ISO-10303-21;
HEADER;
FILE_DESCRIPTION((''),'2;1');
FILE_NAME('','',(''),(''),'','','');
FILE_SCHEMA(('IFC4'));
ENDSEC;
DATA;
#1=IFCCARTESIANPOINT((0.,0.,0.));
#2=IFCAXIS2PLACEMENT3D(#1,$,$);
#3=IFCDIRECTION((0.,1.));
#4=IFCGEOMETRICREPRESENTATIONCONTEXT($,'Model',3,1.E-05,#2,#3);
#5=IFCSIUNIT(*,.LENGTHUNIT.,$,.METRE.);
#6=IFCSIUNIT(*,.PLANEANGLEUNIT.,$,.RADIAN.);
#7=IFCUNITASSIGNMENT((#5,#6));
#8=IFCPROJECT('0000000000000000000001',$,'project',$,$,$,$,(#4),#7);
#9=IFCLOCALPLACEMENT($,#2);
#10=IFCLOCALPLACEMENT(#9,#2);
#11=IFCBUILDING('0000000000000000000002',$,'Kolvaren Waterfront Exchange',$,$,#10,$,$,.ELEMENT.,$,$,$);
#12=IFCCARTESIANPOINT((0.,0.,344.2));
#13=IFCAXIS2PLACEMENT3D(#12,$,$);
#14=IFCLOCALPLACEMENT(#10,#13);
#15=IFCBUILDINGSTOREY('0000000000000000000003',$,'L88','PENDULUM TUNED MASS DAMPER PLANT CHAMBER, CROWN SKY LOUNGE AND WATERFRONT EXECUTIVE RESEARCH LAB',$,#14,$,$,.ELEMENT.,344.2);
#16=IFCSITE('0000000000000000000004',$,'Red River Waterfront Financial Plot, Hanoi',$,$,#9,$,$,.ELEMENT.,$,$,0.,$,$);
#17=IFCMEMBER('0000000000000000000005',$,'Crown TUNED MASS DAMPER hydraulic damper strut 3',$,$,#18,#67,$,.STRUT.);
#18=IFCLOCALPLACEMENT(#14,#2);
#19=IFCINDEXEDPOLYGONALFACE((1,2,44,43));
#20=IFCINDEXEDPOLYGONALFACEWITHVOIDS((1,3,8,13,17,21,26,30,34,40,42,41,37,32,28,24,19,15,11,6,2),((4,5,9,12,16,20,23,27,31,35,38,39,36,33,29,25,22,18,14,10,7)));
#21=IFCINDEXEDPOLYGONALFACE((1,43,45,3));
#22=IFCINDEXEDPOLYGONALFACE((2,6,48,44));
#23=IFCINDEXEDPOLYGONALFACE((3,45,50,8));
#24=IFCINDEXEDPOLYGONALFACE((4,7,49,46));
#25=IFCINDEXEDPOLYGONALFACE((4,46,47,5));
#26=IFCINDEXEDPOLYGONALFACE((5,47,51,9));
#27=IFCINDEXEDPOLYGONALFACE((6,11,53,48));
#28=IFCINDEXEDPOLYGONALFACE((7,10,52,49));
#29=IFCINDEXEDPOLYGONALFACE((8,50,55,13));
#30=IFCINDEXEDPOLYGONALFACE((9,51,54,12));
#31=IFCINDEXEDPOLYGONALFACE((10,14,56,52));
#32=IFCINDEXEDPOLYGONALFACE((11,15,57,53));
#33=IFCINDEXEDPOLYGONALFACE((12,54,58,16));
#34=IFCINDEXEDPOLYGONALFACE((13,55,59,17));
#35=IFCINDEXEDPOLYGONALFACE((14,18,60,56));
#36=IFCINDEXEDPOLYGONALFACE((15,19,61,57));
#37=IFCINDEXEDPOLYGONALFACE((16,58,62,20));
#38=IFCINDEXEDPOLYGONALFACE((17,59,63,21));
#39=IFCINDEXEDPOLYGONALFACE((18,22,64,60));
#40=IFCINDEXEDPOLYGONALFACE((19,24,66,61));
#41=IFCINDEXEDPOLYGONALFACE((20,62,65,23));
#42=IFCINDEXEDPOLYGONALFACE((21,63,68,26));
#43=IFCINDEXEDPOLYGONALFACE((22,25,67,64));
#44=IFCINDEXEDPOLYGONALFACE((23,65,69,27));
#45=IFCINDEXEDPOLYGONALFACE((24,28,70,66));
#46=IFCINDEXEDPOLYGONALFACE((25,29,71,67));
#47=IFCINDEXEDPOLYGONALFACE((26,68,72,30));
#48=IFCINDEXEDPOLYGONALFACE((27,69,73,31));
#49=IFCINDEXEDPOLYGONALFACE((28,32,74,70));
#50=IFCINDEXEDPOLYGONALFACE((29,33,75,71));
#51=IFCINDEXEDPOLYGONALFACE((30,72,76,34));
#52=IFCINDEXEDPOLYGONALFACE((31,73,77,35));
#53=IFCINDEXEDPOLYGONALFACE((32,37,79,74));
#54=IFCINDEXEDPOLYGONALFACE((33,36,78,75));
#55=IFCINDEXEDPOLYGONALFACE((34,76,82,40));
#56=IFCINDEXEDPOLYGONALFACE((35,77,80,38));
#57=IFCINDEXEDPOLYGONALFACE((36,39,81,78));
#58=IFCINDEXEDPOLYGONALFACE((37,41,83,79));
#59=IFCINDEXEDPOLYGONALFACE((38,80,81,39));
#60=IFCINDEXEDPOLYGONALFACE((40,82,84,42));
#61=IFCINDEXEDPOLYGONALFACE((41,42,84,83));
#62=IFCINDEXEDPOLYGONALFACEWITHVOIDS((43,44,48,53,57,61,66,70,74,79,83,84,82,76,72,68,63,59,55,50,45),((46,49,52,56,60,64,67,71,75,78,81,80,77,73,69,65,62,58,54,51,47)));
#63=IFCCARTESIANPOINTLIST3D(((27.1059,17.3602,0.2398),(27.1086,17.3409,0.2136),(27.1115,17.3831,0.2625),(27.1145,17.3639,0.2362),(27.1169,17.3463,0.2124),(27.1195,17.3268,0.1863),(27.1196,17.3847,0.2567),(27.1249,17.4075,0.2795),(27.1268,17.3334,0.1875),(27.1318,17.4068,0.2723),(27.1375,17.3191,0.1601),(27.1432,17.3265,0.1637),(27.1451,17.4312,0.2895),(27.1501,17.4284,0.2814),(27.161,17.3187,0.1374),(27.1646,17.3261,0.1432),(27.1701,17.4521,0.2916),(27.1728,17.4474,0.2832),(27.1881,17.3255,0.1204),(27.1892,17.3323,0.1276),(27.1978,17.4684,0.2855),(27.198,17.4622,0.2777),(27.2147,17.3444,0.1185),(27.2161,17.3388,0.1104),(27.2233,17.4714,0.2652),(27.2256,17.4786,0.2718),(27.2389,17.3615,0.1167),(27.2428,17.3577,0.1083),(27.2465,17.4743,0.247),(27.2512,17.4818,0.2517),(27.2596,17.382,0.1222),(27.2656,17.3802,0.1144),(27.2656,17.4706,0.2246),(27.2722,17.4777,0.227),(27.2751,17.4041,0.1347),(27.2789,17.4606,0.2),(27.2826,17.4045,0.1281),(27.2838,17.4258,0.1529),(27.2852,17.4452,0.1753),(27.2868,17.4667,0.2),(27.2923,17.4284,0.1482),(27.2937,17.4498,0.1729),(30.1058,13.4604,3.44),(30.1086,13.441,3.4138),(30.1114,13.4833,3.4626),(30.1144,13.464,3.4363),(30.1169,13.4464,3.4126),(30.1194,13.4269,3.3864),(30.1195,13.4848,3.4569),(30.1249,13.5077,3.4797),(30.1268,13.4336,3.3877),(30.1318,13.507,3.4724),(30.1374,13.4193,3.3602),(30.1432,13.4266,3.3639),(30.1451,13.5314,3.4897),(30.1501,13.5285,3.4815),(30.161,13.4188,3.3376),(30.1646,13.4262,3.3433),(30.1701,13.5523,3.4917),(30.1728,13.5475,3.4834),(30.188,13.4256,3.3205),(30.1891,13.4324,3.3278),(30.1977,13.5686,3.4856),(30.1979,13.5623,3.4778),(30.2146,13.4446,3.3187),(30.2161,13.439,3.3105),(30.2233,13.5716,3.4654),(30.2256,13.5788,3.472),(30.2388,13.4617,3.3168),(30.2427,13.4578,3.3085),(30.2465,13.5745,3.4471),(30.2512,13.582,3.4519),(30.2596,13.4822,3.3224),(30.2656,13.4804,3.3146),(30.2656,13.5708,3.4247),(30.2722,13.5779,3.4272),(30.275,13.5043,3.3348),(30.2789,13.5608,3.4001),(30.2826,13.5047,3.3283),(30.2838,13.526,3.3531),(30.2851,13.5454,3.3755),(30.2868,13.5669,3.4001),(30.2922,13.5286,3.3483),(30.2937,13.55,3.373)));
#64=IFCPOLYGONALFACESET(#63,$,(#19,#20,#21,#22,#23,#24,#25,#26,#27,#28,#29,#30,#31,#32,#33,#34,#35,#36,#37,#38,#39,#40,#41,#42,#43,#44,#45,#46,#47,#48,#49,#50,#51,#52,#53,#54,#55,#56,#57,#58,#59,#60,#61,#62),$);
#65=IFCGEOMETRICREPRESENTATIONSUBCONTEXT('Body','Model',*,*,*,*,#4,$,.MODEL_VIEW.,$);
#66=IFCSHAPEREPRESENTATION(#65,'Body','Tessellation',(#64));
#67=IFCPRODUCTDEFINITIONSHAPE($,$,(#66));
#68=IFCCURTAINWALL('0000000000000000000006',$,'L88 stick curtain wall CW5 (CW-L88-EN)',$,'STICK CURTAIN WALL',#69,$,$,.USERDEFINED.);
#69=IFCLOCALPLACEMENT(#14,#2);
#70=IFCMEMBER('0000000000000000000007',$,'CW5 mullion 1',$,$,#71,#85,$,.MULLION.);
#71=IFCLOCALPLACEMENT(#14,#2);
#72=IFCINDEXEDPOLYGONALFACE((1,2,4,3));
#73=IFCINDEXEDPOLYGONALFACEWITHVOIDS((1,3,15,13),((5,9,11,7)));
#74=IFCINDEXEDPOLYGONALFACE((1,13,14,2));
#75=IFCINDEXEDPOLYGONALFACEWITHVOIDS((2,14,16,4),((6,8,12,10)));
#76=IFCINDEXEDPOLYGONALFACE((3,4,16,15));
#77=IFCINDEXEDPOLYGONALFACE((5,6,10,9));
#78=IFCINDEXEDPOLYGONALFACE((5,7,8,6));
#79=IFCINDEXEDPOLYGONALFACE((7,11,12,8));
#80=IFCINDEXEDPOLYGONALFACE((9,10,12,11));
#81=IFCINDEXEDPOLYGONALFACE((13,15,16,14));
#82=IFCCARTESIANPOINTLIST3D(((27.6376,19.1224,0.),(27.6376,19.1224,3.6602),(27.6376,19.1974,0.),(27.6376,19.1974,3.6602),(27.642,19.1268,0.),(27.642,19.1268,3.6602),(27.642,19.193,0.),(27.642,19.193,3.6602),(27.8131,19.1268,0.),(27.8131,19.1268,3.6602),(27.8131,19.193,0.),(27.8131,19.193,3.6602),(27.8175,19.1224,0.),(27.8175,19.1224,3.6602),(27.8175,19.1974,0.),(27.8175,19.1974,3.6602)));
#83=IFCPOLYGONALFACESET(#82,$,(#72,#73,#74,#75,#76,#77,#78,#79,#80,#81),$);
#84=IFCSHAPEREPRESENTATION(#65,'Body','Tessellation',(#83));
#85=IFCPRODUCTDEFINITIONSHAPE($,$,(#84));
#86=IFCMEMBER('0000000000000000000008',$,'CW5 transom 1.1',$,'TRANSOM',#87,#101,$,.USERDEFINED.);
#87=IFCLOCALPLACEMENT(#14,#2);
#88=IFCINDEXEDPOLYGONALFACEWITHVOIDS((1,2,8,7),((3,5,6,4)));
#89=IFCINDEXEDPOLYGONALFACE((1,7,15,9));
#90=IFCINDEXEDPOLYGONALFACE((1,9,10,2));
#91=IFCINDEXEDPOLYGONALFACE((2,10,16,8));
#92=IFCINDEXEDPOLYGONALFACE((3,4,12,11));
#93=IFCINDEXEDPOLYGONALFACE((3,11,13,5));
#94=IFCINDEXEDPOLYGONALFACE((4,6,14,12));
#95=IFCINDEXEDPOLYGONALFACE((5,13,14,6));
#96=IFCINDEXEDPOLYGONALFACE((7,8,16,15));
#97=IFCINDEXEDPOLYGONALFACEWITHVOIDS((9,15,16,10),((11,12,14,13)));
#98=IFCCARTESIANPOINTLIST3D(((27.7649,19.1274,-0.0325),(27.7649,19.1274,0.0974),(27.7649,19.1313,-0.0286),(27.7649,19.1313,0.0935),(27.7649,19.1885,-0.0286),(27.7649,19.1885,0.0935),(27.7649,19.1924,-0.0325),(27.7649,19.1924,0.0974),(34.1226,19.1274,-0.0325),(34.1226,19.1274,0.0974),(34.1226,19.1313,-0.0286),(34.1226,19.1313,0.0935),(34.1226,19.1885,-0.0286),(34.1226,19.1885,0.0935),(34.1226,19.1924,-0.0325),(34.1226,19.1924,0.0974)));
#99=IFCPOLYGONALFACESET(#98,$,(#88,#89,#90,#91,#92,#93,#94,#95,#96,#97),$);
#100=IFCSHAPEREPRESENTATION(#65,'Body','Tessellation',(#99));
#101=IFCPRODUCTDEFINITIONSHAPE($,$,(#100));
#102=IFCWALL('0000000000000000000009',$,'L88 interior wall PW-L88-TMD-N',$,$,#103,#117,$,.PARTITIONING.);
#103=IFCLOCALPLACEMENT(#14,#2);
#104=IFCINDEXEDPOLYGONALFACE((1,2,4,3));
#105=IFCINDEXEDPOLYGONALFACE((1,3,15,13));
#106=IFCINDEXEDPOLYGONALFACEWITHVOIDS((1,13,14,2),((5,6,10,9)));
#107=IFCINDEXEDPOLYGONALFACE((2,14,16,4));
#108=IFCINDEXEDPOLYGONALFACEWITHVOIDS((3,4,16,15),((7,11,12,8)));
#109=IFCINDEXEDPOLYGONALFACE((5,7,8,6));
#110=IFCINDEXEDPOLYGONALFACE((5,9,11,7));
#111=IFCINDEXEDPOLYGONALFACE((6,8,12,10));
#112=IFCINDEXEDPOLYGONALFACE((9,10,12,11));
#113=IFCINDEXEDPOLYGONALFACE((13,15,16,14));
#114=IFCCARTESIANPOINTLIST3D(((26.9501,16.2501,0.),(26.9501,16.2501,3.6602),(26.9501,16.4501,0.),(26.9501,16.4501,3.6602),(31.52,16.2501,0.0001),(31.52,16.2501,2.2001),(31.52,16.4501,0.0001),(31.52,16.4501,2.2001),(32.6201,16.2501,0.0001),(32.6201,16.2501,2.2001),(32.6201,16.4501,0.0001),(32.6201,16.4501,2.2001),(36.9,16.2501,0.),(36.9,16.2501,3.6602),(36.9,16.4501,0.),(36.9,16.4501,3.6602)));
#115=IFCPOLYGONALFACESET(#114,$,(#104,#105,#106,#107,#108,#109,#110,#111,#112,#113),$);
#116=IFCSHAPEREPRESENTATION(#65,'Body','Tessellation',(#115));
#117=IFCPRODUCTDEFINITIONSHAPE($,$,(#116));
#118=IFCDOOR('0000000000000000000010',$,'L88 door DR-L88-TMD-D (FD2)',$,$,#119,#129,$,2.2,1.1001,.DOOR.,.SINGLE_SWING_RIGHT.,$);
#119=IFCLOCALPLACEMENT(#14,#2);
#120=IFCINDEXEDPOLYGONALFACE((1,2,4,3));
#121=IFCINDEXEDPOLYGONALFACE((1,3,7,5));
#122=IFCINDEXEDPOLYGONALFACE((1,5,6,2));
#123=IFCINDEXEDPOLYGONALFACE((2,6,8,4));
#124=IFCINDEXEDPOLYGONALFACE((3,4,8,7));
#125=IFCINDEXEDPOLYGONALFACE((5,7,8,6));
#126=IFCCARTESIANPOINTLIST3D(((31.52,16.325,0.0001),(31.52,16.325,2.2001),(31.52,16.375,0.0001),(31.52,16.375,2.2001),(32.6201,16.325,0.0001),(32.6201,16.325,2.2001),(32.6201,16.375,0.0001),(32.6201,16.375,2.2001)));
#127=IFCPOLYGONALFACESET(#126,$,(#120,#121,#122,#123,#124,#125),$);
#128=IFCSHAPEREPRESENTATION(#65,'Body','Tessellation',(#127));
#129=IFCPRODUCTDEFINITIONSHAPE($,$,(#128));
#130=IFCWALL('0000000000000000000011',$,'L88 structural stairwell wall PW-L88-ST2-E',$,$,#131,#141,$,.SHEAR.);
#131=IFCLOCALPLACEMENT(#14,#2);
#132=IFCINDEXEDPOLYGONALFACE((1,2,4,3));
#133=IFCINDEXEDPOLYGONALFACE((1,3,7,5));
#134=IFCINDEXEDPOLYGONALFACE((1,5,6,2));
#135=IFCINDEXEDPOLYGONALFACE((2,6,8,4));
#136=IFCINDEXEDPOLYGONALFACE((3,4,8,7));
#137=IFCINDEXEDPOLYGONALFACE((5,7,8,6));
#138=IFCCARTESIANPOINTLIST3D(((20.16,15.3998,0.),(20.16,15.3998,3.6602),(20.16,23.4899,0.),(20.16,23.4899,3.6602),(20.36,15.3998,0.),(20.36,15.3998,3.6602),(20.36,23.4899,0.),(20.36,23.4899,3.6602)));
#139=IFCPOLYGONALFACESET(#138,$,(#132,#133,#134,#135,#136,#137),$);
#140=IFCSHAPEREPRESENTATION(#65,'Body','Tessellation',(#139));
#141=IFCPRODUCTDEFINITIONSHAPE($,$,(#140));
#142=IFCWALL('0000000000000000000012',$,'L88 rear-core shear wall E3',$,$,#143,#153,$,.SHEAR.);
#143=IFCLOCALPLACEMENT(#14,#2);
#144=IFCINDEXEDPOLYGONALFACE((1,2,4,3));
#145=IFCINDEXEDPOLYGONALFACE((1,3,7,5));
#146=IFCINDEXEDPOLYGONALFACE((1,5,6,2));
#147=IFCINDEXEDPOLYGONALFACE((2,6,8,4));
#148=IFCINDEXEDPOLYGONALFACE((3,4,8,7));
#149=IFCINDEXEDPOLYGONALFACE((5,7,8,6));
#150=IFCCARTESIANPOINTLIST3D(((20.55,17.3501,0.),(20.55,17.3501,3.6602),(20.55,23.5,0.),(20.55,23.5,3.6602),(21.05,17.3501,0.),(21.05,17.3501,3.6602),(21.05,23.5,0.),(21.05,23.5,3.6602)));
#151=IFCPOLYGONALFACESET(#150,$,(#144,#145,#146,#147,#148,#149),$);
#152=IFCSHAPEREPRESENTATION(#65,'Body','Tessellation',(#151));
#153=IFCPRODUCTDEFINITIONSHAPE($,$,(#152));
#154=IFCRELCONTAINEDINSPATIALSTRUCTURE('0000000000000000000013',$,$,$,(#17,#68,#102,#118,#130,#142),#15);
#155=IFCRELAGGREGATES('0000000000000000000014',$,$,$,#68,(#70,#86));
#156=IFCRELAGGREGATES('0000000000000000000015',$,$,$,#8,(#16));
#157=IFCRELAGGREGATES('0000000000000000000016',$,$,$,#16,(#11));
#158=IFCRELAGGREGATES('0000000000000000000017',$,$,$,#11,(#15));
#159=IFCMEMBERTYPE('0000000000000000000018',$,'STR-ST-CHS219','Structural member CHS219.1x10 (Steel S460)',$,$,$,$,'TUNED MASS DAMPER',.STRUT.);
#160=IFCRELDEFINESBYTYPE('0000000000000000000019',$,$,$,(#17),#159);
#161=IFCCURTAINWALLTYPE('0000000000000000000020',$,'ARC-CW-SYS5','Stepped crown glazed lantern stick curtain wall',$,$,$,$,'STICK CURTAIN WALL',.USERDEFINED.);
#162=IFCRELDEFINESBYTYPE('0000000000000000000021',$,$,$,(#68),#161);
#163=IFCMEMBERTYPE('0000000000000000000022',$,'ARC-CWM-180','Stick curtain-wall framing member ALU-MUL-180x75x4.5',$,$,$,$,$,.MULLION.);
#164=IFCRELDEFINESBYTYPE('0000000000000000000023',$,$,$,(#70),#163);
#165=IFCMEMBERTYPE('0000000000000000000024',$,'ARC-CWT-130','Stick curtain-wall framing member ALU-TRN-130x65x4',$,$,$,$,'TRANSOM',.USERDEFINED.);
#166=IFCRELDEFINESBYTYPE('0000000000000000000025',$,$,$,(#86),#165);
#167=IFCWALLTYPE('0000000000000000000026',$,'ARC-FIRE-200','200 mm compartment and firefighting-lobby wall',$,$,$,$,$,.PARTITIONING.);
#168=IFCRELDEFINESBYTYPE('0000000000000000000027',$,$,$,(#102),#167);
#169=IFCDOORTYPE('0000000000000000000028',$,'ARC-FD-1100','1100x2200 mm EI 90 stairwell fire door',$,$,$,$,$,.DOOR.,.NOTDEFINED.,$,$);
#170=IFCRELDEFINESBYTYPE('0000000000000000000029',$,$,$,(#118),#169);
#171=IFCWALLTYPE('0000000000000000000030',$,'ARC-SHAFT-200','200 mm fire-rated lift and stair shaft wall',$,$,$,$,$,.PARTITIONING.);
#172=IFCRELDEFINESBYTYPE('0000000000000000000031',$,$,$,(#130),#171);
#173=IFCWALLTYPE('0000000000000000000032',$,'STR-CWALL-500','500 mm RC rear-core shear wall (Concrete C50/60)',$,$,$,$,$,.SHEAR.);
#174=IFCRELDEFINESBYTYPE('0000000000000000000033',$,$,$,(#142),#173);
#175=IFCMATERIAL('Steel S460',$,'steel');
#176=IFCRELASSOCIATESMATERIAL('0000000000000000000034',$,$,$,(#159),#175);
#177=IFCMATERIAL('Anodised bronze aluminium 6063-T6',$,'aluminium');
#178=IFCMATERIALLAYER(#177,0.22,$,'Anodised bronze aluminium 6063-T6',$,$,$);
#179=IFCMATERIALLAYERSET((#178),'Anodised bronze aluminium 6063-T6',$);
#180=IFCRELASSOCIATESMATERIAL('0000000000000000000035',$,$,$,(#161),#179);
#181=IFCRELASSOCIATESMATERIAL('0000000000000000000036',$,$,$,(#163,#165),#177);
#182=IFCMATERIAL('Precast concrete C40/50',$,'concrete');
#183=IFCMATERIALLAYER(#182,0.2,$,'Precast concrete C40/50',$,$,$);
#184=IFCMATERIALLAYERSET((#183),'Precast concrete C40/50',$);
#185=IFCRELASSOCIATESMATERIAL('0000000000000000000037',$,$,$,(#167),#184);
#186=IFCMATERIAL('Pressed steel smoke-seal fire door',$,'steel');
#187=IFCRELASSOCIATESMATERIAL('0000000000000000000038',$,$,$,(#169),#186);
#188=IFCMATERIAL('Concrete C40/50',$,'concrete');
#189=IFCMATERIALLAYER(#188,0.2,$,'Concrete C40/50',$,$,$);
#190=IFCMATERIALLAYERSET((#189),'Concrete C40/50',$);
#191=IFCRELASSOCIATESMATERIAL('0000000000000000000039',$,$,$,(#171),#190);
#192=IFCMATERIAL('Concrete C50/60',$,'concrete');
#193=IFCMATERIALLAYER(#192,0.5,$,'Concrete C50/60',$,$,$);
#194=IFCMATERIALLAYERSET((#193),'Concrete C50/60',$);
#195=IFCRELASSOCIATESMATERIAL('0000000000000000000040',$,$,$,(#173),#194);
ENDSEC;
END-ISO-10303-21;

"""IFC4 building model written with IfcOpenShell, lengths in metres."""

from ifc_helpers import new_model, si_unit, direction, frame, frame_2d, origin, origin_with_axes, origin_2d, place, context, subcontext, project, spatial, rectangle, hollow_rectangle, hollow_circle, extrude, source, transform, mapped, material, layer, layer_set, material_profile, profile_set, type_object, element, fill, aggregate, save


model = new_model("IFC4")

# Units and contexts
model_context = context("Model", 3, precision=1e-05, world=origin(), true_north=direction((0.0, 1.0)))
body_context = subcontext(model_context, "Body", "Model", "MODEL_VIEW")
ifc_project = project(units=[si_unit("LENGTHUNIT", "METRE"), si_unit("PLANEANGLEUNIT", "RADIAN")], contexts=[model_context])

# Site, building, storey
site_placement = place(None, origin())
site = spatial("IfcSite", under=ifc_project, at=site_placement, Name="Red River Waterfront Financial Plot, Hanoi", CompositionType="ELEMENT", RefElevation=0.0)
building_placement = place(site_placement, origin())
building = spatial("IfcBuilding", under=site, at=building_placement, Name="Kolvaren Waterfront Exchange", CompositionType="ELEMENT")
storey_placement = place(building_placement, frame((0.0, 0.0, 344.2)))
storey = spatial("IfcBuildingStorey", under=building, at=storey_placement, Name="L88", Description="PENDULUM TUNED MASS DAMPER PLANT CHAMBER, CROWN SKY LOUNGE AND WATERFRONT EXECUTIVE RESEARCH LAB", CompositionType="ELEMENT", Elevation=344.2)

# Shared definitions
ifc_material_1 = material(Name="Concrete C50/60", Category="concrete")

# Member
ifc_material_2 = material(Name="Steel S460", Category="steel")
ifc_material_profile_1 = material_profile(ifc_material_2, hollow_circle(Radius=0.1096, WallThickness=0.01, at=origin_2d()), Name="CHS219.1x10")
ifc_profile_set_1 = profile_set([ifc_material_profile_1], Name="Steel S460")
member_type_1 = type_object("IfcMemberType", Name="STR-ST-CHS219", Description="Structural member CHS219.1x10 (Steel S460)", ElementType="TUNED MASS DAMPER", PredefinedType="STRUT", material=ifc_profile_set_1)
member_1_placement = place(storey_placement, frame((27.2, 17.3999, 0.2), z_axis=(0.511121, -0.66444, 0.545229), x_axis=(0.792617, 0.60972, 0.0)))
element("IfcMember", 1, at=member_1_placement, inside=storey, type_object=member_type_1, Name="Crown TUNED MASS DAMPER hydraulic damper strut 3", PredefinedType="STRUT", context=body_context, shape_type="SweptSolid", body=[
    extrude(hollow_circle(Radius=0.1096, WallThickness=0.01, at=origin_2d()), origin(), (0.0, 0.0, 1.0), 5.8694),
])

# Curtain wall, members
ifc_material_3 = material(Name="Anodised bronze aluminium 6063-T6", Category="aluminium")
ifc_layer_1 = layer(ifc_material_3, 0.22, Name="Anodised bronze aluminium 6063-T6")
ifc_layer_set_1 = layer_set([ifc_layer_1], Name="Anodised bronze aluminium 6063-T6")
curtain_wall_type = type_object("IfcCurtainWallType", Name="ARC-CW-SYS5", Description="Stepped crown glazed lantern stick curtain wall", ElementType="STICK CURTAIN WALL", PredefinedType="USERDEFINED", material=ifc_layer_set_1)
curtain_wall_placement = place(storey_placement, origin())
curtain_wall = element("IfcCurtainWall", 2, at=curtain_wall_placement, inside=storey, type_object=curtain_wall_type, Name="L88 stick curtain wall CW5 (CW-L88-EN)", ObjectType="STICK CURTAIN WALL", PredefinedType="USERDEFINED")
ifc_material_profile_2 = material_profile(ifc_material_3, hollow_rectangle(XDim=0.075, YDim=0.1799, WallThickness=0.0044, at=origin_2d()), Name="ALU-MUL-180x75x4.5")
ifc_profile_set_2 = profile_set([ifc_material_profile_2], Name="Anodised bronze aluminium 6063-T6")
member_type_2 = type_object("IfcMemberType", Name="ARC-CWM-180", Description="Stick curtain-wall framing member ALU-MUL-180x75x4.5", PredefinedType="MULLION", material=ifc_profile_set_2)
shared_shape_1 = source(origin_with_axes(), body_context, "Body", "SweptSolid", [
    extrude(hollow_rectangle(XDim=0.075, YDim=0.1799, WallThickness=0.0044, at=origin_2d()), origin(), (0.0, 0.0, 1.0), 3.6602),
])
member_2_placement = place(storey_placement, frame((27.7275, 19.1599, 0.0), z_axis=(0.0, 0.0, 1.0), x_axis=(0.0, 1.0, 0.0)))
member_2 = element("IfcMember", 3, at=member_2_placement, type_object=member_type_2, Name="CW5 mullion 1", PredefinedType="MULLION", context=body_context, shape_type="MappedRepresentation", body=[
    mapped(shared_shape_1, transform((0.0, 0.0, 0.0), x_axis=(1.0, 0.0, 0.0), y_axis=(0.0, 1.0, 0.0), z_axis=(0.0, 0.0, 1.0), scale=1.0)),
])
ifc_material_profile_3 = material_profile(ifc_material_3, hollow_rectangle(XDim=0.0649, YDim=0.1299, WallThickness=0.0039, at=origin_2d()), Name="ALU-TRN-130x65x4")
ifc_profile_set_3 = profile_set([ifc_material_profile_3], Name="Anodised bronze aluminium 6063-T6")
member_type_3 = type_object("IfcMemberType", Name="ARC-CWT-130", Description="Stick curtain-wall framing member ALU-TRN-130x65x4", ElementType="TRANSOM", PredefinedType="USERDEFINED", material=ifc_profile_set_3)
shared_shape_2 = source(origin_with_axes(), body_context, "Body", "SweptSolid", [
    extrude(hollow_rectangle(XDim=0.0649, YDim=0.1299, WallThickness=0.0039, at=origin_2d()), origin(), (0.0, 0.0, 1.0), 6.3577),
])
member_3_placement = place(storey_placement, frame((27.7649, 19.1599, 0.0325), z_axis=(1.0, 0.0, 0.0), x_axis=(0.0, 1.0, 0.0)))
member_3 = element("IfcMember", 4, at=member_3_placement, type_object=member_type_3, Name="CW5 transom 1.1", ObjectType="TRANSOM", PredefinedType="USERDEFINED", context=body_context, shape_type="MappedRepresentation", body=[
    mapped(shared_shape_2, transform((0.0, 0.0, 0.0), x_axis=(1.0, 0.0, 0.0), y_axis=(0.0, 1.0, 0.0), z_axis=(0.0, 0.0, 1.0), scale=1.0)),
])
aggregate(curtain_wall, [member_2, member_3])

# Wall, opening, door
ifc_material_4 = material(Name="Precast concrete C40/50", Category="concrete")
ifc_layer_2 = layer(ifc_material_4, 0.2, Name="Precast concrete C40/50")
ifc_layer_set_2 = layer_set([ifc_layer_2], Name="Precast concrete C40/50")
wall_type_1 = type_object("IfcWallType", Name="ARC-FIRE-200", Description="200 mm compartment and firefighting-lobby wall", PredefinedType="PARTITIONING", material=ifc_layer_set_2)
wall_1_placement = place(storey_placement, frame((26.95, 16.3501, 0.0), z_axis=(0.0, 0.0, 1.0), x_axis=(1.0, 0.0, 0.0)))
wall_1 = element("IfcWall", 5, at=wall_1_placement, inside=storey, type_object=wall_type_1, Name="L88 interior wall PW-L88-TMD-N", PredefinedType="PARTITIONING", context=body_context, shape_type="SweptSolid", body=[
    extrude(rectangle(XDim=9.95, YDim=0.2, at=frame_2d((4.9751, 0.0))), origin(), (0.0, 0.0, 1.0), 3.6602),
])
opening_placement = place(wall_1_placement, frame((4.5701, 0.0, 0.0)))
opening = element("IfcOpeningElement", 6, at=opening_placement, cuts=wall_1, PredefinedType="OPENING", context=body_context, shape_type="SweptSolid", body=[
    extrude(rectangle(XDim=1.1001, YDim=2.2, at=frame_2d((0.55, 1.1001))), frame((0.0, 0.1099, 0.0), z_axis=(0.0, -1.0, 0.0), x_axis=(1.0, 0.0, 0.0)), (0.0, 0.0, 1.0), 0.22),
])
ifc_material_5 = material(Name="Pressed steel smoke-seal fire door", Category="steel")
door_type = type_object("IfcDoorType", Name="ARC-FD-1100", Description="1100x2200 mm EI 90 stairwell fire door", OperationType="NOTDEFINED", PredefinedType="DOOR", material=ifc_material_5)
door_placement = place(opening_placement, origin())
door = element("IfcDoor", 7, at=door_placement, inside=storey, type_object=door_type, Name="L88 door DR-L88-TMD-D (FD2)", OperationType="SINGLE_SWING_RIGHT", OverallHeight=2.2, OverallWidth=1.1001, PredefinedType="DOOR", context=body_context, shape_type="SweptSolid", body=[
    extrude(rectangle(XDim=1.1001, YDim=2.2, at=frame_2d((0.55, 1.1001))), frame((0.0, 0.0249, 0.0), z_axis=(0.0, -1.0, 0.0), x_axis=(1.0, 0.0, 0.0)), (0.0, 0.0, 1.0), 0.05),
])
fill(opening, door)

# Walls
ifc_material_6 = material(Name="Concrete C40/50", Category="concrete")
ifc_layer_3 = layer(ifc_material_6, 0.2, Name="Concrete C40/50")
ifc_layer_set_3 = layer_set([ifc_layer_3], Name="Concrete C40/50")
wall_type_2 = type_object("IfcWallType", Name="ARC-SHAFT-200", Description="200 mm fire-rated lift and stair shaft wall", PredefinedType="PARTITIONING", material=ifc_layer_set_3)
wall_2_placement = place(storey_placement, frame((20.26, 15.3999, 0.0), z_axis=(0.0, 0.0, 1.0), x_axis=(0.0, 1.0, 0.0)))
element("IfcWall", 8, at=wall_2_placement, inside=storey, type_object=wall_type_2, Name="L88 structural stairwell wall PW-L88-ST2-E", PredefinedType="SHEAR", context=body_context, shape_type="SweptSolid", body=[
    extrude(rectangle(XDim=8.0901, YDim=0.2, at=frame_2d((4.0449, 0.0))), origin(), (0.0, 0.0, 1.0), 3.6602),
])
ifc_layer_4 = layer(ifc_material_1, 0.5, Name="Concrete C50/60")
ifc_layer_set_4 = layer_set([ifc_layer_4], Name="Concrete C50/60")
wall_type_3 = type_object("IfcWallType", Name="STR-CWALL-500", Description="500 mm RC rear-core shear wall (Concrete C50/60)", PredefinedType="SHEAR", material=ifc_layer_set_4)
wall_3_placement = place(storey_placement, frame((20.8, 17.3501, 0.0), z_axis=(0.0, 0.0, 1.0), x_axis=(0.0, 1.0, 0.0)))
element("IfcWall", 9, at=wall_3_placement, inside=storey, type_object=wall_type_3, Name="L88 rear-core shear wall E3", PredefinedType="SHEAR", context=body_context, shape_type="SweptSolid", body=[
    extrude(rectangle(XDim=6.1499, YDim=0.5, at=frame_2d((3.075, 0.0))), origin(), (0.0, 0.0, 1.0), 3.6602),
])

save(model, "model.ifc")
